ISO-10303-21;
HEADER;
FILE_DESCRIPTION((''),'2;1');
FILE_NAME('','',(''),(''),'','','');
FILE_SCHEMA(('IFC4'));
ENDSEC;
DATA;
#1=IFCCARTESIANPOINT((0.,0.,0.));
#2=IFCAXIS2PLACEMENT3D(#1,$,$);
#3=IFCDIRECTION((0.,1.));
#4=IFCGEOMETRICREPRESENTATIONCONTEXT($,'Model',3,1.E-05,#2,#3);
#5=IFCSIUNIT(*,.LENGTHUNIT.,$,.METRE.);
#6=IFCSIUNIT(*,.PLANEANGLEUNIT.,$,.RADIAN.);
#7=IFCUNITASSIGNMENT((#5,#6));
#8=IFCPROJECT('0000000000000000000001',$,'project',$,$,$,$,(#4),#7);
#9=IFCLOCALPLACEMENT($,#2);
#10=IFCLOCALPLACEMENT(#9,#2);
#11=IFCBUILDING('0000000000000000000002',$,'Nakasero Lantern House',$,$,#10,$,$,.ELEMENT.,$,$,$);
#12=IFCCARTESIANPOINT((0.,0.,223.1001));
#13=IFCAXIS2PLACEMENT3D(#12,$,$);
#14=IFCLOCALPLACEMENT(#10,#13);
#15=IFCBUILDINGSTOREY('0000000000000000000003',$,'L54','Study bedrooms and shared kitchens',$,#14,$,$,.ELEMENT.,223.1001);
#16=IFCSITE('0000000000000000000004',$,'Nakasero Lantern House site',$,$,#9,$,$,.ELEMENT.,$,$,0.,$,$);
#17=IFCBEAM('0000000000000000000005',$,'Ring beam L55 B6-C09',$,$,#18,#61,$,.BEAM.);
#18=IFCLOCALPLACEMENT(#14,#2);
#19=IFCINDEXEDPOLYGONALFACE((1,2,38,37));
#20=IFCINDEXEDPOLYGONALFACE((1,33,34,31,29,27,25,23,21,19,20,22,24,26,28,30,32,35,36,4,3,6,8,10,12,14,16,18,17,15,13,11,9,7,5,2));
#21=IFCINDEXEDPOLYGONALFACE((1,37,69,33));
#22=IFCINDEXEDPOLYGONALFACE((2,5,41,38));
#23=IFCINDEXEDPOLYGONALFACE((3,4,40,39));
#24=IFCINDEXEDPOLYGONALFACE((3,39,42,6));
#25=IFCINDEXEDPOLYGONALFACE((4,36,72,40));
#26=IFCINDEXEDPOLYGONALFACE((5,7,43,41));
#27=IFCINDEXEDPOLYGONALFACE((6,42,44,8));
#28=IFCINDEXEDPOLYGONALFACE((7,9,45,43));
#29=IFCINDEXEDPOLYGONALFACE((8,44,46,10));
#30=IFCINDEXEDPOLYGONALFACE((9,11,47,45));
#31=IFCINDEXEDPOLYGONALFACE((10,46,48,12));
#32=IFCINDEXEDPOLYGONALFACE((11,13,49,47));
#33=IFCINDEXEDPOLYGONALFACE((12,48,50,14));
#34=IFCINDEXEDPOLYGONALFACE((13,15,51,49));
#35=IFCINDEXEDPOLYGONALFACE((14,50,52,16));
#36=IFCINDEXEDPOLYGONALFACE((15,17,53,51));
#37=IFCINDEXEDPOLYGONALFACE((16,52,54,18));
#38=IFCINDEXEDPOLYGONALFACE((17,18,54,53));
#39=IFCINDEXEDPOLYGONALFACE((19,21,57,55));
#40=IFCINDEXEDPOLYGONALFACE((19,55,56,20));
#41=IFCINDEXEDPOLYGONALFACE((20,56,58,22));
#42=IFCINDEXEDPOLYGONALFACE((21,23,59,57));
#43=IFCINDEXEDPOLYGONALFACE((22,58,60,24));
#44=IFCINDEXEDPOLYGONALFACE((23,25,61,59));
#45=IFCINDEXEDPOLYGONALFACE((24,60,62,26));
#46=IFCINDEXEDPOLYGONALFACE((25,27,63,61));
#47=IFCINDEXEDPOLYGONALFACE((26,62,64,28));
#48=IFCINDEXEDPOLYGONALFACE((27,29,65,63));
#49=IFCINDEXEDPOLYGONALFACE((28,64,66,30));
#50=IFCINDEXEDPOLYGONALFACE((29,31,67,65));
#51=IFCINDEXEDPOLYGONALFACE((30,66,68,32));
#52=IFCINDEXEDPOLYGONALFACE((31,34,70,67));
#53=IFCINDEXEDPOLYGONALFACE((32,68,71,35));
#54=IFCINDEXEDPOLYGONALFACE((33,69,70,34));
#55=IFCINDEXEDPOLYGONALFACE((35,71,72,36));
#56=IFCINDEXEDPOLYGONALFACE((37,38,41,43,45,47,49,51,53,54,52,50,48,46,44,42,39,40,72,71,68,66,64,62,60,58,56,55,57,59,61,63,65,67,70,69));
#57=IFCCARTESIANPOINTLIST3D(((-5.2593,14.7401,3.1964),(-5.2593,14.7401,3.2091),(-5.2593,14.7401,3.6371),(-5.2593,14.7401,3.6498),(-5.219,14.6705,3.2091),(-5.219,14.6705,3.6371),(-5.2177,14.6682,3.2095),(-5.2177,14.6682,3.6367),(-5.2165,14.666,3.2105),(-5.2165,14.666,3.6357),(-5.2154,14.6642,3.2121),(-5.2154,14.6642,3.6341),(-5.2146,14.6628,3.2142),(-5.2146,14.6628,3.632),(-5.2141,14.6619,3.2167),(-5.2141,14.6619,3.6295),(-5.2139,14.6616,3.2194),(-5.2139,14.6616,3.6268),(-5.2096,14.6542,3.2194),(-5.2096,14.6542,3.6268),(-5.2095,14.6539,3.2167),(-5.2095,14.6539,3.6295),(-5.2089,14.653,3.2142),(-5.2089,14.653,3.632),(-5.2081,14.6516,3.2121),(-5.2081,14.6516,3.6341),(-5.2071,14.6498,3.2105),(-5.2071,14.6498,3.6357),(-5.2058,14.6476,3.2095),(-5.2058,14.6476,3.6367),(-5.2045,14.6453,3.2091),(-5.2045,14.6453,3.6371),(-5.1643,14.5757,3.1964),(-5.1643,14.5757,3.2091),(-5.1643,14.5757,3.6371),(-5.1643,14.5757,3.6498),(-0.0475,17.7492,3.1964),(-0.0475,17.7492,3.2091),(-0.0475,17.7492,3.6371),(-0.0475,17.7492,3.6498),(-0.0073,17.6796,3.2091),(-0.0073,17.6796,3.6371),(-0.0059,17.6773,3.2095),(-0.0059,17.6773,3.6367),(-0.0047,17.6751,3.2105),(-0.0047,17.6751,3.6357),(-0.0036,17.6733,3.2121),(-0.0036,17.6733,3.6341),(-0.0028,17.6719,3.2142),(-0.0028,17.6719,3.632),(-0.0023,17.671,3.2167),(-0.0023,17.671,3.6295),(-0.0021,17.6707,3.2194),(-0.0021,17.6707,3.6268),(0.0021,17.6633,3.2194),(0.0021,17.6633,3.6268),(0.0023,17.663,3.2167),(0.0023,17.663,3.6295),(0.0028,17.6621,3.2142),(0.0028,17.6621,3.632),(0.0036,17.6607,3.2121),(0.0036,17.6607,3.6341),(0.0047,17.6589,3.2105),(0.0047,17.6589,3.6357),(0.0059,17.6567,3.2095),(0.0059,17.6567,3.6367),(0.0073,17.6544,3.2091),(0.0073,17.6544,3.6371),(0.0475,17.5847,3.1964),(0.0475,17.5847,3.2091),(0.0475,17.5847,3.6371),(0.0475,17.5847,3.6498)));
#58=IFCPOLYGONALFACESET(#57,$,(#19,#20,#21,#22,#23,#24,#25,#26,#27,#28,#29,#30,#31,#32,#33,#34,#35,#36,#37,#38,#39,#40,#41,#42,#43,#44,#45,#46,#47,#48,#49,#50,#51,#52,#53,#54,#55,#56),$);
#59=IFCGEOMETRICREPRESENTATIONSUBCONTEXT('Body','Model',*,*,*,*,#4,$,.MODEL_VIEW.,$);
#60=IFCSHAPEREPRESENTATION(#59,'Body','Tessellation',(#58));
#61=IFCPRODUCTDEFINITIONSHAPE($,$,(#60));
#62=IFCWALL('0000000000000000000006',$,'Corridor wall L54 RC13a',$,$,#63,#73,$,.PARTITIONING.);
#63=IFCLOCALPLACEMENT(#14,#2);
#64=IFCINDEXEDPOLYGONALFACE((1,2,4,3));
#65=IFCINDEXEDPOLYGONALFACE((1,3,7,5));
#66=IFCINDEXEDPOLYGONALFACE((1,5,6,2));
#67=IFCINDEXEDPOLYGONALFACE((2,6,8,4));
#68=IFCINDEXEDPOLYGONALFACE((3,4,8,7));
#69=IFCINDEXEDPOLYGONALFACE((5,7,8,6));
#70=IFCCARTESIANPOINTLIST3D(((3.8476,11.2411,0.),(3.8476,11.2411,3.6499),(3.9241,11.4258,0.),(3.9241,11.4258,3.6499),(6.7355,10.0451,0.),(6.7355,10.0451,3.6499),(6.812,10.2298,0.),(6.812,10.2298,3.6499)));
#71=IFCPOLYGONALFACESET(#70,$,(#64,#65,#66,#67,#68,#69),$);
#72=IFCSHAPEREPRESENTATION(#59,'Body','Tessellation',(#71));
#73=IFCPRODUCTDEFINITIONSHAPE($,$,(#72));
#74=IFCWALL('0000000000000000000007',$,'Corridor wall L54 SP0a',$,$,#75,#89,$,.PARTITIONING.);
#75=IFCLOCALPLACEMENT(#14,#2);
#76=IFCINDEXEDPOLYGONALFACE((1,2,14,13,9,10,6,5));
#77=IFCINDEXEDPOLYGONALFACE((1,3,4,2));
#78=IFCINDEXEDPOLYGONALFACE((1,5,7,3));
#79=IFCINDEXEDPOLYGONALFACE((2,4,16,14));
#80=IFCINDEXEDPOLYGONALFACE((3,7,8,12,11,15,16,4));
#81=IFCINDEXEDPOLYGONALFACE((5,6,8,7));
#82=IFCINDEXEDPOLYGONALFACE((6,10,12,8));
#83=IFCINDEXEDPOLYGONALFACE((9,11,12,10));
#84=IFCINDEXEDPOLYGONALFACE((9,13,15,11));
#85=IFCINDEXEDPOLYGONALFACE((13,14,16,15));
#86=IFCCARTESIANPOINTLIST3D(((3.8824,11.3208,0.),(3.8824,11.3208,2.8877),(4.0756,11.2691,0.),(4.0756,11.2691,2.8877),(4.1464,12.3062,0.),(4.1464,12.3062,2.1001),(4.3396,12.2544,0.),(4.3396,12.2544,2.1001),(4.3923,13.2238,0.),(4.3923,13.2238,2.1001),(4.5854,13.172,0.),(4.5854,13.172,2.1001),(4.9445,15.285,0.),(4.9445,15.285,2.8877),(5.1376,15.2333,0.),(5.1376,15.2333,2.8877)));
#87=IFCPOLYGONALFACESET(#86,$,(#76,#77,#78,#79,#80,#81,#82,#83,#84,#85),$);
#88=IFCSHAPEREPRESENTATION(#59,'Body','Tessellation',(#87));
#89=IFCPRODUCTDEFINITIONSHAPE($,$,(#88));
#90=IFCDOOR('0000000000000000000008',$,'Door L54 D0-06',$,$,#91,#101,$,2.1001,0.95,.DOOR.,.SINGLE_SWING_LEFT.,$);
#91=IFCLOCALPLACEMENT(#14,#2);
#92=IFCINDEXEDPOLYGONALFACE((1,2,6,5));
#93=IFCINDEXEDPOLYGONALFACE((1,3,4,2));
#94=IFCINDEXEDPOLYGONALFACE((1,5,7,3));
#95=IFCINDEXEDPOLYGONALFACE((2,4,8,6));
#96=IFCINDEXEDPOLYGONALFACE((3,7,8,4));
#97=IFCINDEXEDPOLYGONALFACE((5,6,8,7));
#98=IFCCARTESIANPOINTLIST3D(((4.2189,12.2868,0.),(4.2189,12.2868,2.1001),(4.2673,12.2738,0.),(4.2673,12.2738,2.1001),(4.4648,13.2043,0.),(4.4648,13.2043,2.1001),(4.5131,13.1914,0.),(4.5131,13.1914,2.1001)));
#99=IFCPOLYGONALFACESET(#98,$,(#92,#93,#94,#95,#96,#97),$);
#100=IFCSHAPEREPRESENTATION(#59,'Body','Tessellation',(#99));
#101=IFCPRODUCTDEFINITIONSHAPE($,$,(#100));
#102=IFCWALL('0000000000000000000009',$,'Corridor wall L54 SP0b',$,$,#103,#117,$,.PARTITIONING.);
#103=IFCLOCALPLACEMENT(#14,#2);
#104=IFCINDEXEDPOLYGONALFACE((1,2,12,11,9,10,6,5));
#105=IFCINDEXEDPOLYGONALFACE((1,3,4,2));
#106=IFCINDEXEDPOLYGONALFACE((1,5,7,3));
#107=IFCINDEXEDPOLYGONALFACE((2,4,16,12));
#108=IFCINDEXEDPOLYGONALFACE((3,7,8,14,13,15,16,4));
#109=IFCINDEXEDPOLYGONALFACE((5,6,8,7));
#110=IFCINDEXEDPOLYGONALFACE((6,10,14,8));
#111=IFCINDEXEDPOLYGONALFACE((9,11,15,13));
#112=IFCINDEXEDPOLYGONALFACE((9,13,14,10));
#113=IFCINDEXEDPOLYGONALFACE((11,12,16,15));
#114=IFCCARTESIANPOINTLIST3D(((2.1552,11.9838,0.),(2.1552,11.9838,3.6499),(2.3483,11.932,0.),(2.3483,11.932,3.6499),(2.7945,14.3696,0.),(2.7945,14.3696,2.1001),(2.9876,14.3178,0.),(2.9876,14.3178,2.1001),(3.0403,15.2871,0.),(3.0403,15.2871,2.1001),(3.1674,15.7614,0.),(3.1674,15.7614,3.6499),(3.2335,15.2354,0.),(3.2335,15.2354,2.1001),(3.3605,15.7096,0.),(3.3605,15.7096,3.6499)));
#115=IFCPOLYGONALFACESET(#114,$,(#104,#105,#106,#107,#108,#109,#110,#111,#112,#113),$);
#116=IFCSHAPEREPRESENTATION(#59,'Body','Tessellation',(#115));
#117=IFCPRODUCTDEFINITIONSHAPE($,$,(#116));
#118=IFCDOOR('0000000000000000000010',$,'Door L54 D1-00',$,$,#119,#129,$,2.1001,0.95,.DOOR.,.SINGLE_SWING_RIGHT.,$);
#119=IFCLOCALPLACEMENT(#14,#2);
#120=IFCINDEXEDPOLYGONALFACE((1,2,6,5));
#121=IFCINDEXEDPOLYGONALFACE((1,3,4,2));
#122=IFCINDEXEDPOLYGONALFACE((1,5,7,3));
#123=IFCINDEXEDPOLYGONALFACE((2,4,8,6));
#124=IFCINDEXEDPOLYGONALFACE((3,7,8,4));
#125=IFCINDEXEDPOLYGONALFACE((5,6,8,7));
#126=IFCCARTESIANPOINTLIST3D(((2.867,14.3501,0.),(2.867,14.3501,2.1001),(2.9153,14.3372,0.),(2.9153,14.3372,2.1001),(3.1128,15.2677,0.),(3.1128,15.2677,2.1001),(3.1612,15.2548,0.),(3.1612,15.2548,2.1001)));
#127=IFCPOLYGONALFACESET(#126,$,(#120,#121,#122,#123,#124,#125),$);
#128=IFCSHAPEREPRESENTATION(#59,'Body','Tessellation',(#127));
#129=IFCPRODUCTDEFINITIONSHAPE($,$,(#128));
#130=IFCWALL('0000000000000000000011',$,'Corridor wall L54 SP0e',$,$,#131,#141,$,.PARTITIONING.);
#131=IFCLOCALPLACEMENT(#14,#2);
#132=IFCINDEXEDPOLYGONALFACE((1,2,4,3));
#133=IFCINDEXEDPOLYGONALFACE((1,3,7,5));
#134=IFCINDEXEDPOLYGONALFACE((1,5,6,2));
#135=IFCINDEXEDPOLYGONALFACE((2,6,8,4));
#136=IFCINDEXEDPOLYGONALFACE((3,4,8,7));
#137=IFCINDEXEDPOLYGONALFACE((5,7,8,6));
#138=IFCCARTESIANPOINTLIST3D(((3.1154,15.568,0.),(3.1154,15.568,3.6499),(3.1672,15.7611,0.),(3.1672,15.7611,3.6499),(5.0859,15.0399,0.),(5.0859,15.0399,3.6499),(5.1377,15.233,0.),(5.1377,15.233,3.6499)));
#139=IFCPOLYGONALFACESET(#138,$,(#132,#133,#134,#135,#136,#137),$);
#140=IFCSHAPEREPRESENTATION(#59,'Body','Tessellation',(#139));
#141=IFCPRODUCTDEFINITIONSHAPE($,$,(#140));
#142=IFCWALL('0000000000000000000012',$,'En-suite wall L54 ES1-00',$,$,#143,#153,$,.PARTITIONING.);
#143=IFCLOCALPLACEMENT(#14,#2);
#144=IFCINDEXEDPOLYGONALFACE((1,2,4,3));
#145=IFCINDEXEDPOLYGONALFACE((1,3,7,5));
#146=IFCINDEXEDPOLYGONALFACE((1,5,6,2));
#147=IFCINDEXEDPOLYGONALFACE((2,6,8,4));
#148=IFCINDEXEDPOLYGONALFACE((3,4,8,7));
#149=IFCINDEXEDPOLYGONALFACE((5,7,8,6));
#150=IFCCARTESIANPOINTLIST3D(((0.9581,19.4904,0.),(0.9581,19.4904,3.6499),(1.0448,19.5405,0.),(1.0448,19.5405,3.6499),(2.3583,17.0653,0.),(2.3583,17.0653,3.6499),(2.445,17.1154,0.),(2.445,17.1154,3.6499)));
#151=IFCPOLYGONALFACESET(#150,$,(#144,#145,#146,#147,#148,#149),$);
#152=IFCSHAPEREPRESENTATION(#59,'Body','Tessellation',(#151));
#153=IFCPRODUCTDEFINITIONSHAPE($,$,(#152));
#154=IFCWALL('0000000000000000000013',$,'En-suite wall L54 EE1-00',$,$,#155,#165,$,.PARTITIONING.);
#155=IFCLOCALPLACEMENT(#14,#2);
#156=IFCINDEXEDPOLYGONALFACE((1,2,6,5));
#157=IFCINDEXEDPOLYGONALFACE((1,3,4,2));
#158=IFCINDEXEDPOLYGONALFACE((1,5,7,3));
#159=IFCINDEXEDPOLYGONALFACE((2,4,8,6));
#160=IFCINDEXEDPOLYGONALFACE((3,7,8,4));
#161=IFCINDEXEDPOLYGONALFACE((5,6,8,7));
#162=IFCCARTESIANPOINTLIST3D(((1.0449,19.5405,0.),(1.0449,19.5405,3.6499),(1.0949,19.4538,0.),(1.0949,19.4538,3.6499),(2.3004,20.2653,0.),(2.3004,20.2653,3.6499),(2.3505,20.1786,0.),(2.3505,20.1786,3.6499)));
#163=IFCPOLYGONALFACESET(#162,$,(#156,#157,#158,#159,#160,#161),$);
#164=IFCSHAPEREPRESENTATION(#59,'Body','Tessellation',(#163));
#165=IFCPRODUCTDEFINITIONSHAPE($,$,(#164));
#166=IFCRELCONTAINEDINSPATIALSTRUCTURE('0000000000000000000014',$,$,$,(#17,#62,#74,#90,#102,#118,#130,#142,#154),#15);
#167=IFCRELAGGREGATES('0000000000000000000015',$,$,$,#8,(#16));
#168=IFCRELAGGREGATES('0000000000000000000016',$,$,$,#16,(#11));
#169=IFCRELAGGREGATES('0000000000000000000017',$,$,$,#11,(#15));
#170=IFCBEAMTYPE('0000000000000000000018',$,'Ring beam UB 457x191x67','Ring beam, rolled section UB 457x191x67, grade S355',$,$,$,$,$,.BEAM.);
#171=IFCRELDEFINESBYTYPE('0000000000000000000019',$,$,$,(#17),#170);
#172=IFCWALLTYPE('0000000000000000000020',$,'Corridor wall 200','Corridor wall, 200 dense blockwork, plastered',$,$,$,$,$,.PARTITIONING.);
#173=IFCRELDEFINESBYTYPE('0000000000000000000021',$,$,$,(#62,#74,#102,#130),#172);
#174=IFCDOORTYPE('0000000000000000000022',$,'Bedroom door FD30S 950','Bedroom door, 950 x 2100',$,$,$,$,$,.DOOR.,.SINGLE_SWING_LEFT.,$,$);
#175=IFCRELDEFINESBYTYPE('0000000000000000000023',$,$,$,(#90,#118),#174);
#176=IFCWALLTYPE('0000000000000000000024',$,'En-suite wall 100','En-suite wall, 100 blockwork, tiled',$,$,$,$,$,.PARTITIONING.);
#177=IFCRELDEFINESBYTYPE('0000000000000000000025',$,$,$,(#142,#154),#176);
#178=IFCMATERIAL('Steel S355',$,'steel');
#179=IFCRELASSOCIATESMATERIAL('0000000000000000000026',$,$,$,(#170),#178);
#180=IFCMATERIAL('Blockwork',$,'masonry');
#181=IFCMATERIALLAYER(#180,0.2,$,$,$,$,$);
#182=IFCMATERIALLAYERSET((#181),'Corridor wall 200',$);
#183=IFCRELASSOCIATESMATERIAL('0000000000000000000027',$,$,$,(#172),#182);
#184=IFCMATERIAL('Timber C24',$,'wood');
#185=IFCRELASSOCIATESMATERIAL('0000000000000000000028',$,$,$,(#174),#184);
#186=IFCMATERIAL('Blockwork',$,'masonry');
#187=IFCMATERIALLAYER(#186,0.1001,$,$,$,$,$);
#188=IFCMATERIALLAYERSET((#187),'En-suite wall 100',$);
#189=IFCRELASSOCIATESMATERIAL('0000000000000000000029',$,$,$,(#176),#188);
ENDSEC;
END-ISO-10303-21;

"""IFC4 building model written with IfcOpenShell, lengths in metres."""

from ifc_helpers import new_model, si_unit, direction, frame, frame_2d, origin, origin_2d, place, context, subcontext, project, spatial, rectangle, i_section, extrude, material, layer, layer_set, material_profile, profile_set, type_object, element, fill, save


model = new_model("IFC4")

# Units and contexts
model_context = context("Model", 3, precision=1e-05, world=origin(), true_north=direction((0.0, 1.0)))
body_context = subcontext(model_context, "Body", "Model", "MODEL_VIEW")
ifc_project = project(units=[si_unit("LENGTHUNIT", "METRE"), si_unit("PLANEANGLEUNIT", "RADIAN")], contexts=[model_context])

# Site, building, storey
site_placement = place(None, origin())
site = spatial("IfcSite", under=ifc_project, at=site_placement, Name="Nakasero Lantern House site", CompositionType="ELEMENT", RefElevation=0.0)
building_placement = place(site_placement, origin())
building = spatial("IfcBuilding", under=site, at=building_placement, Name="Nakasero Lantern House", CompositionType="ELEMENT")
storey_placement = place(building_placement, frame((0.0, 0.0, 223.1001)))
storey = spatial("IfcBuildingStorey", under=building, at=storey_placement, Name="L54", Description="Study bedrooms and shared kitchens", CompositionType="ELEMENT", Elevation=223.1001)

# Beam
ifc_material_1 = material(Name="Steel S355", Category="steel")
ifc_material_profile_1 = material_profile(ifc_material_1, i_section(OverallWidth=0.1899, OverallDepth=0.4534, WebThickness=0.0085, FlangeThickness=0.0127, FilletRadius=0.0103, at=origin_2d()), Name="UB 457x191x67")
ifc_profile_set_1 = profile_set([ifc_material_profile_1], Name="Steel S355")
beam_type_1 = type_object("IfcBeamType", Name="Ring beam UB 457x191x67", Description="Ring beam, rolled section UB 457x191x67, grade S355", PredefinedType="BEAM", material=ifc_profile_set_1)
beam_1_placement = place(storey_placement, frame((0.0, 17.667, 3.4231), z_axis=(-0.86602, -0.500009, 0.0), x_axis=(0.500009, -0.86602, 0.0)))
element("IfcBeam", 1, at=beam_1_placement, inside=storey, type_object=beam_type_1, Name="Ring beam L55 B6-C09", PredefinedType="BEAM", context=body_context, shape_type="SweptSolid", body=[
    extrude(i_section(OverallWidth=0.1899, OverallDepth=0.4534, WebThickness=0.0085, FlangeThickness=0.0127, FilletRadius=0.0103, at=origin_2d()), origin(), (0.0, 0.0, 1.0), 6.0181),
])

# Wall
ifc_material_2 = material(Name="Blockwork", Category="masonry")
ifc_layer_1 = layer(ifc_material_2, 0.2)
ifc_layer_set_1 = layer_set([ifc_layer_1], Name="Corridor wall 200")
wall_type_1 = type_object("IfcWallType", Name="Corridor wall 200", Description="Corridor wall, 200 dense blockwork, plastered", PredefinedType="PARTITIONING", material=ifc_layer_set_1)
wall_1_placement = place(storey_placement, frame((3.8857, 11.3335, 0.0), z_axis=(0.0, 0.0, 1.0), x_axis=(0.9239, -0.382635, 0.0)))
element("IfcWall", 2, at=wall_1_placement, inside=storey, type_object=wall_type_1, Name="Corridor wall L54 RC13a", PredefinedType="PARTITIONING", context=body_context, shape_type="SweptSolid", body=[
    extrude(rectangle(XDim=3.1257, YDim=0.2, at=frame_2d((1.563, 0.0))), origin(), (0.0, 0.0, 1.0), 3.6499),
])

# Walls, openings, doors
wall_2_placement = place(storey_placement, frame((3.979, 11.2949, 0.0), z_axis=(0.0, 0.0, 1.0), x_axis=(0.258781, 0.965936, 0.0)))
wall_2 = element("IfcWall", 3, at=wall_2_placement, inside=storey, type_object=wall_type_1, Name="Corridor wall L54 SP0a", PredefinedType="PARTITIONING", context=body_context, shape_type="SweptSolid", body=[
    extrude(rectangle(XDim=4.104, YDim=0.2, at=frame_2d((2.052, 0.0))), origin(), (0.0, 0.0, 1.0), 2.8877),
])
opening_1_placement = place(wall_2_placement, frame((1.02, 0.0, 0.0)))
opening_1 = element("IfcOpeningElement", 4, at=opening_1_placement, cuts=wall_2, PredefinedType="OPENING", context=body_context, shape_type="SweptSolid", body=[
    extrude(rectangle(XDim=0.95, YDim=2.1001, at=frame_2d((0.4751, 1.05))), frame((0.0, 0.1199, 0.0), z_axis=(0.0, -1.0, 0.0), x_axis=(1.0, 0.0, 0.0)), (0.0, 0.0, 1.0), 0.24),
])
ifc_material_3 = material(Name="Timber C24", Category="wood")
door_type_1 = type_object("IfcDoorType", Name="Bedroom door FD30S 950", Description="Bedroom door, 950 x 2100", OperationType="SINGLE_SWING_LEFT", PredefinedType="DOOR", material=ifc_material_3)
door_1_placement = place(opening_1_placement, origin())
door_1 = element("IfcDoor", 5, at=door_1_placement, inside=storey, type_object=door_type_1, Name="Door L54 D0-06", OperationType="SINGLE_SWING_LEFT", OverallHeight=2.1001, OverallWidth=0.95, PredefinedType="DOOR", context=body_context, shape_type="SweptSolid", body=[
    extrude(rectangle(XDim=0.95, YDim=2.1001, at=frame_2d((0.4751, 1.05))), frame((0.0, 0.0249, 0.0), z_axis=(0.0, -1.0, 0.0), x_axis=(1.0, 0.0, 0.0)), (0.0, 0.0, 1.0), 0.05),
])
fill(opening_1, door_1)
wall_3_placement = place(storey_placement, frame((2.2517, 11.9578, 0.0), z_axis=(0.0, 0.0, 1.0), x_axis=(0.25882, 0.965925, 0.0)))
wall_3 = element("IfcWall", 6, at=wall_3_placement, inside=storey, type_object=wall_type_1, Name="Corridor wall L54 SP0b", PredefinedType="PARTITIONING", context=body_context, shape_type="SweptSolid", body=[
    extrude(rectangle(XDim=3.9109, YDim=0.2, at=frame_2d((1.9556, 0.0))), origin(), (0.0, 0.0, 1.0), 3.6499),
])
opening_2_placement = place(wall_3_placement, frame((2.47, 0.0, 0.0)))
opening_2 = element("IfcOpeningElement", 7, at=opening_2_placement, cuts=wall_3, PredefinedType="OPENING", context=body_context, shape_type="SweptSolid", body=[
    extrude(rectangle(XDim=0.95, YDim=2.1001, at=frame_2d((0.4751, 1.05))), frame((0.0, 0.1199, 0.0), z_axis=(0.0, -1.0, 0.0), x_axis=(1.0, 0.0, 0.0)), (0.0, 0.0, 1.0), 0.24),
])
door_2_placement = place(opening_2_placement, origin())
door_2 = element("IfcDoor", 8, at=door_2_placement, inside=storey, type_object=door_type_1, Name="Door L54 D1-00", OperationType="SINGLE_SWING_RIGHT", OverallHeight=2.1001, OverallWidth=0.95, PredefinedType="DOOR", context=body_context, shape_type="SweptSolid", body=[
    extrude(rectangle(XDim=0.95, YDim=2.1001, at=frame_2d((0.4751, 1.05))), frame((0.0, 0.0249, 0.0), z_axis=(0.0, -1.0, 0.0), x_axis=(1.0, 0.0, 0.0)), (0.0, 0.0, 1.0), 0.05),
])
fill(opening_2, door_2)

# Walls
wall_4_placement = place(storey_placement, frame((5.1118, 15.1365, 0.0), z_axis=(0.0, 0.0, 1.0), x_axis=(-0.965914, 0.258862, 0.0)))
element("IfcWall", 9, at=wall_4_placement, inside=storey, type_object=wall_type_1, Name="Corridor wall L54 SP0e", PredefinedType="PARTITIONING", context=body_context, shape_type="SweptSolid", body=[
    extrude(rectangle(XDim=2.04, YDim=0.2, at=frame_2d((1.02, 0.0))), origin(), (0.0, 0.0, 1.0), 3.6499),
])
ifc_material_4 = material(Name="Blockwork", Category="masonry")
ifc_layer_2 = layer(ifc_material_4, 0.1001)
ifc_layer_set_2 = layer_set([ifc_layer_2], Name="En-suite wall 100")
wall_type_2 = type_object("IfcWallType", Name="En-suite wall 100", Description="En-suite wall, 100 blockwork, tiled", PredefinedType="PARTITIONING", material=ifc_layer_set_2)
wall_5_placement = place(storey_placement, frame((2.4016, 17.0903, 0.0), z_axis=(0.0, 0.0, 1.0), x_axis=(-0.500012, 0.866019, 0.0)))
element("IfcWall", 10, at=wall_5_placement, inside=storey, type_object=wall_type_2, Name="En-suite wall L54 ES1-00", PredefinedType="PARTITIONING", context=body_context, shape_type="SweptSolid", body=[
    extrude(rectangle(XDim=2.8003, YDim=0.1001, at=frame_2d((1.4001, 0.0))), origin(), (0.0, 0.0, 1.0), 3.6499),
])
wall_6_placement = place(storey_placement, frame((2.3254, 20.2219, 0.0), z_axis=(0.0, 0.0, 1.0), x_axis=(-0.866048, -0.499961, 0.0)))
element("IfcWall", 11, at=wall_6_placement, inside=storey, type_object=wall_type_2, Name="En-suite wall L54 EE1-00", PredefinedType="PARTITIONING", context=body_context, shape_type="SweptSolid", body=[
    extrude(rectangle(XDim=1.4497, YDim=0.1001, at=frame_2d((0.7249, 0.0))), origin(), (0.0, 0.0, 1.0), 3.6499),
])

save(model, "model.ifc")
